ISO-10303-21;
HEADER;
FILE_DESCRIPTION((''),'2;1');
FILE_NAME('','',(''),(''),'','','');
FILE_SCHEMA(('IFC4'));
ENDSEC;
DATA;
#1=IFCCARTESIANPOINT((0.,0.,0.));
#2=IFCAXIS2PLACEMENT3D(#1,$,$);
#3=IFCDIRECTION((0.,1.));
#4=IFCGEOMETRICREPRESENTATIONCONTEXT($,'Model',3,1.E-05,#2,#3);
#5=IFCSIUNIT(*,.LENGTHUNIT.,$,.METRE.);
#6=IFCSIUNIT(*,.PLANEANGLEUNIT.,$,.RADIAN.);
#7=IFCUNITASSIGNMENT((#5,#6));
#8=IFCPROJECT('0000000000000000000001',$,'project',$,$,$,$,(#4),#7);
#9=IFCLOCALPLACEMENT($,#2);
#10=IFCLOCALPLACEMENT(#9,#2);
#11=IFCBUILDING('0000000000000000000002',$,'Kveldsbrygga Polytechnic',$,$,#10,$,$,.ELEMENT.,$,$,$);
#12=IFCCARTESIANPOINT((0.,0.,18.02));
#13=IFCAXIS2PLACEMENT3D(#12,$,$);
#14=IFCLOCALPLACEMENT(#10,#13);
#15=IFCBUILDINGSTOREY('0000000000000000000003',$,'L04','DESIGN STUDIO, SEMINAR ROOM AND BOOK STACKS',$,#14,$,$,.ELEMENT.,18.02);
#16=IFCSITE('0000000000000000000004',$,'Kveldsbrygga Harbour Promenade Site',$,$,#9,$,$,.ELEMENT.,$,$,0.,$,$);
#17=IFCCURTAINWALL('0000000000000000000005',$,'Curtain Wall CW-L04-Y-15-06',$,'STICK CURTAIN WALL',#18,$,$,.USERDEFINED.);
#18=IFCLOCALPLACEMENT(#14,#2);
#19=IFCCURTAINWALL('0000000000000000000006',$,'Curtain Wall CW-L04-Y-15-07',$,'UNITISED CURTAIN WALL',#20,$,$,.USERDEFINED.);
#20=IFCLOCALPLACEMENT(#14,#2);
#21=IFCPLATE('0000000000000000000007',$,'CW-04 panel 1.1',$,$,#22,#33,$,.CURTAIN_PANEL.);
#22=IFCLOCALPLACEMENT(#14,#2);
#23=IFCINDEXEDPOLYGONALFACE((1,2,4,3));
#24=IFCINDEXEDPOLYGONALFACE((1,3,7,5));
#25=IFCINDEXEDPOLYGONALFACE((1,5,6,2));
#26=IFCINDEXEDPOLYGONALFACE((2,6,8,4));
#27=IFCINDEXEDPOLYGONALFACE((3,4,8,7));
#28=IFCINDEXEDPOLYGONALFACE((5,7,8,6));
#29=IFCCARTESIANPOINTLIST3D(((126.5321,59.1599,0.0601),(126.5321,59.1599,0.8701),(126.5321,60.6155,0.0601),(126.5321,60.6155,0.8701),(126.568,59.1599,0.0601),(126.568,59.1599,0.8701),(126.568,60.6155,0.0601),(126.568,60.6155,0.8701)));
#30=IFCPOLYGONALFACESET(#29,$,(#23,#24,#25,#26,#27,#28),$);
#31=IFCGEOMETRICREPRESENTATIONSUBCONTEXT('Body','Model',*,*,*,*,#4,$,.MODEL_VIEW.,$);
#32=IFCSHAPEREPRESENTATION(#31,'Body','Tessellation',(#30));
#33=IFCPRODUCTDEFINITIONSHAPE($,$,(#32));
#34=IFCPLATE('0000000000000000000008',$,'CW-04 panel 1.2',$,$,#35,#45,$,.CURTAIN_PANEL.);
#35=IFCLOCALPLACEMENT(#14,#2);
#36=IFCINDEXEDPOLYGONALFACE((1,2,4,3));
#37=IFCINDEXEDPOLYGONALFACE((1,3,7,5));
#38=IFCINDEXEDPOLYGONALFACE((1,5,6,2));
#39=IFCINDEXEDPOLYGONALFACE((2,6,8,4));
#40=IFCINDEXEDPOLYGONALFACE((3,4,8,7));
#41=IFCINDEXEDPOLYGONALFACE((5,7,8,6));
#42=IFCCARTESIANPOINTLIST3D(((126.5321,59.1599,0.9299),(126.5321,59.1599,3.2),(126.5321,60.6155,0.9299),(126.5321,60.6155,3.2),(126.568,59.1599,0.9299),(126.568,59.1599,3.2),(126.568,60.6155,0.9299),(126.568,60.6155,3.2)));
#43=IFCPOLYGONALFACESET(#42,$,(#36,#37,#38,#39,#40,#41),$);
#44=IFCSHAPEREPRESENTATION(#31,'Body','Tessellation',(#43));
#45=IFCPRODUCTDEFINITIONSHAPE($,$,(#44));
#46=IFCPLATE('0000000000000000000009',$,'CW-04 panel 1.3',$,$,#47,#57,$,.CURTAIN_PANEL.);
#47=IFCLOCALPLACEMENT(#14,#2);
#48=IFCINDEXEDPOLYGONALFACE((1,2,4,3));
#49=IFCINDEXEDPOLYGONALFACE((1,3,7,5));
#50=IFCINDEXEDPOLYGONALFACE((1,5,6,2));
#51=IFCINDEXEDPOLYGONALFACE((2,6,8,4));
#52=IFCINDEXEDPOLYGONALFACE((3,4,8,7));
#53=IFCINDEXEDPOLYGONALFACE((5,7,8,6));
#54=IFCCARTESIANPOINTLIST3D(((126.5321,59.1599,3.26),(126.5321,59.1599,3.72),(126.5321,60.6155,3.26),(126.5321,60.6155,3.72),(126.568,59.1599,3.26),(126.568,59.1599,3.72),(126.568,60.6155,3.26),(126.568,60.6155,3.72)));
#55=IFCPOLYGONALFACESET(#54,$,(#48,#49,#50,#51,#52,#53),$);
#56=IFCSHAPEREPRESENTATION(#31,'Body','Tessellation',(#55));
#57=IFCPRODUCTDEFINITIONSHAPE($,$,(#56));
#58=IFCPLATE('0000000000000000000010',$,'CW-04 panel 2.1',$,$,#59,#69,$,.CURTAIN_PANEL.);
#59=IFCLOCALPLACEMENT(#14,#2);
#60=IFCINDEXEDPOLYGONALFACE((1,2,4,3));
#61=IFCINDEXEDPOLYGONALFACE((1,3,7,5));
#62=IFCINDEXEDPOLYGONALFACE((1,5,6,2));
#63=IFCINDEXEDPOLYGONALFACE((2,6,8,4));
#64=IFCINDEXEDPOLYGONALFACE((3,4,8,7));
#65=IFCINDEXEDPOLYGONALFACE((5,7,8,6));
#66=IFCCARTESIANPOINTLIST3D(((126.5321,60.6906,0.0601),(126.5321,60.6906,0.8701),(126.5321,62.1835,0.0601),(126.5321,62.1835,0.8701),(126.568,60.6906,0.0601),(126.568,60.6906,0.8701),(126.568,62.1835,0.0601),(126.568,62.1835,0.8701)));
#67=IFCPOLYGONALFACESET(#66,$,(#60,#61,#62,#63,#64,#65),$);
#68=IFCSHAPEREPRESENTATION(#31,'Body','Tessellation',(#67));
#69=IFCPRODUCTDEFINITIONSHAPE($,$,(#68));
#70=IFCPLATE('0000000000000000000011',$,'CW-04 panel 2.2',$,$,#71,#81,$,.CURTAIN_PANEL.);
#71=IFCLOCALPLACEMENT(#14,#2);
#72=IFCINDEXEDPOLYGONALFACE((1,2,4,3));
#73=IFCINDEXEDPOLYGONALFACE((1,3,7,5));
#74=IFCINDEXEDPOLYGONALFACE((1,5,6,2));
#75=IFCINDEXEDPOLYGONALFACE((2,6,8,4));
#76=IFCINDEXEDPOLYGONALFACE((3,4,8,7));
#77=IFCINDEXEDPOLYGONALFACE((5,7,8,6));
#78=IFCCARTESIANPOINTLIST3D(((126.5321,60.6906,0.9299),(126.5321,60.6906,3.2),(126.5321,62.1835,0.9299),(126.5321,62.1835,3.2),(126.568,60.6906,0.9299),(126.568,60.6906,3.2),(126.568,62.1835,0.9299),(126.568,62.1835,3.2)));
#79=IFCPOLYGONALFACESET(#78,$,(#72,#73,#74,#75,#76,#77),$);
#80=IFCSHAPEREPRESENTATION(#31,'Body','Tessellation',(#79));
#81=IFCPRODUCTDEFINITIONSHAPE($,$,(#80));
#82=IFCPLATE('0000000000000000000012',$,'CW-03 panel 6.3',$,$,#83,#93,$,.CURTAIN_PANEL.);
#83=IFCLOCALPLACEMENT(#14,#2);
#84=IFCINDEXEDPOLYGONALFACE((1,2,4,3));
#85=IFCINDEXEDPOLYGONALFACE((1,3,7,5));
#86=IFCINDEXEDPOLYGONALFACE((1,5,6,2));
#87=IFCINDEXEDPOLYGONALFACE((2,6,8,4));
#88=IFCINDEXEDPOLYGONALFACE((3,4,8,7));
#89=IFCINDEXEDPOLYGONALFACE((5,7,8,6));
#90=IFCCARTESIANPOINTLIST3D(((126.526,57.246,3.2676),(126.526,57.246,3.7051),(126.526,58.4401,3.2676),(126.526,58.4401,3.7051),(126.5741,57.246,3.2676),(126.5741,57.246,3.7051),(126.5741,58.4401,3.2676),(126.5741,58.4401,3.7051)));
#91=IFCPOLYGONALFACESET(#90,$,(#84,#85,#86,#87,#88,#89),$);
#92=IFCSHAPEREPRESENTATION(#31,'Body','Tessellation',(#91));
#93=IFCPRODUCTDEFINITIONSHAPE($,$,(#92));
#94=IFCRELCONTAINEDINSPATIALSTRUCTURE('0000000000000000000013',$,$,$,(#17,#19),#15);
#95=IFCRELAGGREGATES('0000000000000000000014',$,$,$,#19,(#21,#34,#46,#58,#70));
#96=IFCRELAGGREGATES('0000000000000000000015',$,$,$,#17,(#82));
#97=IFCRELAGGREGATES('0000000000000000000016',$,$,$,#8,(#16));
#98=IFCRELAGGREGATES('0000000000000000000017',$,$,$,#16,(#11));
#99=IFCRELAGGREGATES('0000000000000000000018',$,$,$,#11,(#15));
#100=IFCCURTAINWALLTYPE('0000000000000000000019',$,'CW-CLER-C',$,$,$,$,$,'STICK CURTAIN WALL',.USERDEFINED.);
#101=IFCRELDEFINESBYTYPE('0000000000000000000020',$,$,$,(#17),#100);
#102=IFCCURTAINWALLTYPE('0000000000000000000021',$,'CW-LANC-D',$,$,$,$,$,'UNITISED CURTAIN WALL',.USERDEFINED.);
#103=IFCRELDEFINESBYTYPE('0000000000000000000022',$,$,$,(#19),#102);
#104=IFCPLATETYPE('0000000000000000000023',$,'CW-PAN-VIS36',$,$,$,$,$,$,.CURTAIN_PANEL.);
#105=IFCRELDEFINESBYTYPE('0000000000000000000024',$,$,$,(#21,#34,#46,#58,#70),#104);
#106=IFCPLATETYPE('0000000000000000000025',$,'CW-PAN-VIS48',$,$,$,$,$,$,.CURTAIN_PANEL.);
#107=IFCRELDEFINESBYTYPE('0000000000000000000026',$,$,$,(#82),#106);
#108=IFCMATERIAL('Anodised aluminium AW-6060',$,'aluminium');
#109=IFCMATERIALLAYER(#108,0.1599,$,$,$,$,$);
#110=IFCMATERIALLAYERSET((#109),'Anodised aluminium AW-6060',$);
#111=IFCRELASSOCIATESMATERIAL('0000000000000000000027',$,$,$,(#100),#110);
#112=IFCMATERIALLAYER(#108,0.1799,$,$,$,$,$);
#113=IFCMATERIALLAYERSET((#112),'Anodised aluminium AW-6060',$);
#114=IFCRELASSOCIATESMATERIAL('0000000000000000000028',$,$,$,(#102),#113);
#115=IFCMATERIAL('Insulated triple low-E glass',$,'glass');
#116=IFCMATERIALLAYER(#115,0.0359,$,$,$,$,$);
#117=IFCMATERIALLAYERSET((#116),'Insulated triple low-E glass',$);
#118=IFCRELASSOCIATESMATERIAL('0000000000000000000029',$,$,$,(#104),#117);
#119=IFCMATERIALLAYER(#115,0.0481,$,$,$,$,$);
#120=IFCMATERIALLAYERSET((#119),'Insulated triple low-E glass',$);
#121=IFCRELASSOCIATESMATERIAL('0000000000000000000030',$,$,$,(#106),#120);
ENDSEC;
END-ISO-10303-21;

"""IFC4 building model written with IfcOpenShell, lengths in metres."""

from ifc_helpers import new_model, si_unit, direction, frame, origin, origin_2d, place, context, subcontext, project, spatial, rectangle, extrude, material, layer, layer_set, type_object, element, aggregate, save


model = new_model("IFC4")

# Units and contexts
model_context = context("Model", 3, precision=1e-05, world=origin(), true_north=direction((0.0, 1.0)))
body_context = subcontext(model_context, "Body", "Model", "MODEL_VIEW")
ifc_project = project(units=[si_unit("LENGTHUNIT", "METRE"), si_unit("PLANEANGLEUNIT", "RADIAN")], contexts=[model_context])

# Site, building, storey
site_placement = place(None, origin())
site = spatial("IfcSite", under=ifc_project, at=site_placement, Name="Kveldsbrygga Harbour Promenade Site", CompositionType="ELEMENT", RefElevation=0.0)
building_placement = place(site_placement, origin())
building = spatial("IfcBuilding", under=site, at=building_placement, Name="Kveldsbrygga Polytechnic", CompositionType="ELEMENT")
storey_placement = place(building_placement, frame((0.0, 0.0, 18.02)))
storey = spatial("IfcBuildingStorey", under=building, at=storey_placement, Name="L04", Description="DESIGN STUDIO, SEMINAR ROOM AND BOOK STACKS", CompositionType="ELEMENT", Elevation=18.02)

# Curtain wall
ifc_material_1 = material(Name="Anodised aluminium AW-6060", Category="aluminium")
ifc_layer_1 = layer(ifc_material_1, 0.1599)
ifc_layer_set_1 = layer_set([ifc_layer_1], Name="Anodised aluminium AW-6060")
curtain_wall_type_1 = type_object("IfcCurtainWallType", Name="CW-CLER-C", ElementType="STICK CURTAIN WALL", PredefinedType="USERDEFINED", material=ifc_layer_set_1)
curtain_wall_1_placement = place(storey_placement, origin())
curtain_wall_1 = element("IfcCurtainWall", 1, at=curtain_wall_1_placement, inside=storey, type_object=curtain_wall_type_1, Name="Curtain Wall CW-L04-Y-15-06", ObjectType="STICK CURTAIN WALL", PredefinedType="USERDEFINED")

# Curtain wall, plates
ifc_layer_2 = layer(ifc_material_1, 0.1799)
ifc_layer_set_2 = layer_set([ifc_layer_2], Name="Anodised aluminium AW-6060")
curtain_wall_type_2 = type_object("IfcCurtainWallType", Name="CW-LANC-D", ElementType="UNITISED CURTAIN WALL", PredefinedType="USERDEFINED", material=ifc_layer_set_2)
curtain_wall_2_placement = place(storey_placement, origin())
curtain_wall_2 = element("IfcCurtainWall", 2, at=curtain_wall_2_placement, inside=storey, type_object=curtain_wall_type_2, Name="Curtain Wall CW-L04-Y-15-07", ObjectType="UNITISED CURTAIN WALL", PredefinedType="USERDEFINED")
ifc_material_2 = material(Name="Insulated triple low-E glass", Category="glass")
ifc_layer_3 = layer(ifc_material_2, 0.0359)
ifc_layer_set_3 = layer_set([ifc_layer_3], Name="Insulated triple low-E glass")
plate_type_1 = type_object("IfcPlateType", Name="CW-PAN-VIS36", PredefinedType="CURTAIN_PANEL", material=ifc_layer_set_3)
plate_1_placement = place(storey_placement, frame((126.55, 59.8877, 0.0601), z_axis=(0.0, 0.0, 1.0), x_axis=(0.0, 1.0, 0.0)))
plate_1 = element("IfcPlate", 3, at=plate_1_placement, type_object=plate_type_1, Name="CW-04 panel 1.1", PredefinedType="CURTAIN_PANEL", context=body_context, shape_type="SweptSolid", body=[
    extrude(rectangle(XDim=1.4556, YDim=0.0359, at=origin_2d()), origin(), (0.0, 0.0, 1.0), 0.8101),
])
plate_2_placement = place(storey_placement, frame((126.55, 59.8877, 0.9299), z_axis=(0.0, 0.0, 1.0), x_axis=(0.0, 1.0, 0.0)))
plate_2 = element("IfcPlate", 4, at=plate_2_placement, type_object=plate_type_1, Name="CW-04 panel 1.2", PredefinedType="CURTAIN_PANEL", context=body_context, shape_type="SweptSolid", body=[
    extrude(rectangle(XDim=1.4556, YDim=0.0359, at=origin_2d()), origin(), (0.0, 0.0, 1.0), 2.27),
])
plate_3_placement = place(storey_placement, frame((126.55, 59.8877, 3.26), z_axis=(0.0, 0.0, 1.0), x_axis=(0.0, 1.0, 0.0)))
plate_3 = element("IfcPlate", 5, at=plate_3_placement, type_object=plate_type_1, Name="CW-04 panel 1.3", PredefinedType="CURTAIN_PANEL", context=body_context, shape_type="SweptSolid", body=[
    extrude(rectangle(XDim=1.4556, YDim=0.0359, at=origin_2d()), origin(), (0.0, 0.0, 1.0), 0.46),
])
plate_4_placement = place(storey_placement, frame((126.55, 61.437, 0.0601), z_axis=(0.0, 0.0, 1.0), x_axis=(0.0, 1.0, 0.0)))
plate_4 = element("IfcPlate", 6, at=plate_4_placement, type_object=plate_type_1, Name="CW-04 panel 2.1", PredefinedType="CURTAIN_PANEL", context=body_context, shape_type="SweptSolid", body=[
    extrude(rectangle(XDim=1.4929, YDim=0.0359, at=origin_2d()), origin(), (0.0, 0.0, 1.0), 0.8101),
])
plate_5_placement = place(storey_placement, frame((126.55, 61.437, 0.9299), z_axis=(0.0, 0.0, 1.0), x_axis=(0.0, 1.0, 0.0)))
plate_5 = element("IfcPlate", 7, at=plate_5_placement, type_object=plate_type_1, Name="CW-04 panel 2.2", PredefinedType="CURTAIN_PANEL", context=body_context, shape_type="SweptSolid", body=[
    extrude(rectangle(XDim=1.4929, YDim=0.0359, at=origin_2d()), origin(), (0.0, 0.0, 1.0), 2.27),
])
aggregate(curtain_wall_2, [plate_1, plate_2, plate_3, plate_4, plate_5])

# Plate
ifc_layer_4 = layer(ifc_material_2, 0.0481)
ifc_layer_set_4 = layer_set([ifc_layer_4], Name="Insulated triple low-E glass")
plate_type_2 = type_object("IfcPlateType", Name="CW-PAN-VIS48", PredefinedType="CURTAIN_PANEL", material=ifc_layer_set_4)
plate_6_placement = place(storey_placement, frame((126.55, 57.843, 3.2676), z_axis=(0.0, 0.0, 1.0), x_axis=(0.0, 1.0, 0.0)))
plate_6 = element("IfcPlate", 8, at=plate_6_placement, type_object=plate_type_2, Name="CW-03 panel 6.3", PredefinedType="CURTAIN_PANEL", context=body_context, shape_type="SweptSolid", body=[
    extrude(rectangle(XDim=1.1941, YDim=0.0481, at=origin_2d()), origin(), (0.0, 0.0, 1.0), 0.4375),
])
aggregate(curtain_wall_1, [plate_6])

save(model, "model.ifc")
